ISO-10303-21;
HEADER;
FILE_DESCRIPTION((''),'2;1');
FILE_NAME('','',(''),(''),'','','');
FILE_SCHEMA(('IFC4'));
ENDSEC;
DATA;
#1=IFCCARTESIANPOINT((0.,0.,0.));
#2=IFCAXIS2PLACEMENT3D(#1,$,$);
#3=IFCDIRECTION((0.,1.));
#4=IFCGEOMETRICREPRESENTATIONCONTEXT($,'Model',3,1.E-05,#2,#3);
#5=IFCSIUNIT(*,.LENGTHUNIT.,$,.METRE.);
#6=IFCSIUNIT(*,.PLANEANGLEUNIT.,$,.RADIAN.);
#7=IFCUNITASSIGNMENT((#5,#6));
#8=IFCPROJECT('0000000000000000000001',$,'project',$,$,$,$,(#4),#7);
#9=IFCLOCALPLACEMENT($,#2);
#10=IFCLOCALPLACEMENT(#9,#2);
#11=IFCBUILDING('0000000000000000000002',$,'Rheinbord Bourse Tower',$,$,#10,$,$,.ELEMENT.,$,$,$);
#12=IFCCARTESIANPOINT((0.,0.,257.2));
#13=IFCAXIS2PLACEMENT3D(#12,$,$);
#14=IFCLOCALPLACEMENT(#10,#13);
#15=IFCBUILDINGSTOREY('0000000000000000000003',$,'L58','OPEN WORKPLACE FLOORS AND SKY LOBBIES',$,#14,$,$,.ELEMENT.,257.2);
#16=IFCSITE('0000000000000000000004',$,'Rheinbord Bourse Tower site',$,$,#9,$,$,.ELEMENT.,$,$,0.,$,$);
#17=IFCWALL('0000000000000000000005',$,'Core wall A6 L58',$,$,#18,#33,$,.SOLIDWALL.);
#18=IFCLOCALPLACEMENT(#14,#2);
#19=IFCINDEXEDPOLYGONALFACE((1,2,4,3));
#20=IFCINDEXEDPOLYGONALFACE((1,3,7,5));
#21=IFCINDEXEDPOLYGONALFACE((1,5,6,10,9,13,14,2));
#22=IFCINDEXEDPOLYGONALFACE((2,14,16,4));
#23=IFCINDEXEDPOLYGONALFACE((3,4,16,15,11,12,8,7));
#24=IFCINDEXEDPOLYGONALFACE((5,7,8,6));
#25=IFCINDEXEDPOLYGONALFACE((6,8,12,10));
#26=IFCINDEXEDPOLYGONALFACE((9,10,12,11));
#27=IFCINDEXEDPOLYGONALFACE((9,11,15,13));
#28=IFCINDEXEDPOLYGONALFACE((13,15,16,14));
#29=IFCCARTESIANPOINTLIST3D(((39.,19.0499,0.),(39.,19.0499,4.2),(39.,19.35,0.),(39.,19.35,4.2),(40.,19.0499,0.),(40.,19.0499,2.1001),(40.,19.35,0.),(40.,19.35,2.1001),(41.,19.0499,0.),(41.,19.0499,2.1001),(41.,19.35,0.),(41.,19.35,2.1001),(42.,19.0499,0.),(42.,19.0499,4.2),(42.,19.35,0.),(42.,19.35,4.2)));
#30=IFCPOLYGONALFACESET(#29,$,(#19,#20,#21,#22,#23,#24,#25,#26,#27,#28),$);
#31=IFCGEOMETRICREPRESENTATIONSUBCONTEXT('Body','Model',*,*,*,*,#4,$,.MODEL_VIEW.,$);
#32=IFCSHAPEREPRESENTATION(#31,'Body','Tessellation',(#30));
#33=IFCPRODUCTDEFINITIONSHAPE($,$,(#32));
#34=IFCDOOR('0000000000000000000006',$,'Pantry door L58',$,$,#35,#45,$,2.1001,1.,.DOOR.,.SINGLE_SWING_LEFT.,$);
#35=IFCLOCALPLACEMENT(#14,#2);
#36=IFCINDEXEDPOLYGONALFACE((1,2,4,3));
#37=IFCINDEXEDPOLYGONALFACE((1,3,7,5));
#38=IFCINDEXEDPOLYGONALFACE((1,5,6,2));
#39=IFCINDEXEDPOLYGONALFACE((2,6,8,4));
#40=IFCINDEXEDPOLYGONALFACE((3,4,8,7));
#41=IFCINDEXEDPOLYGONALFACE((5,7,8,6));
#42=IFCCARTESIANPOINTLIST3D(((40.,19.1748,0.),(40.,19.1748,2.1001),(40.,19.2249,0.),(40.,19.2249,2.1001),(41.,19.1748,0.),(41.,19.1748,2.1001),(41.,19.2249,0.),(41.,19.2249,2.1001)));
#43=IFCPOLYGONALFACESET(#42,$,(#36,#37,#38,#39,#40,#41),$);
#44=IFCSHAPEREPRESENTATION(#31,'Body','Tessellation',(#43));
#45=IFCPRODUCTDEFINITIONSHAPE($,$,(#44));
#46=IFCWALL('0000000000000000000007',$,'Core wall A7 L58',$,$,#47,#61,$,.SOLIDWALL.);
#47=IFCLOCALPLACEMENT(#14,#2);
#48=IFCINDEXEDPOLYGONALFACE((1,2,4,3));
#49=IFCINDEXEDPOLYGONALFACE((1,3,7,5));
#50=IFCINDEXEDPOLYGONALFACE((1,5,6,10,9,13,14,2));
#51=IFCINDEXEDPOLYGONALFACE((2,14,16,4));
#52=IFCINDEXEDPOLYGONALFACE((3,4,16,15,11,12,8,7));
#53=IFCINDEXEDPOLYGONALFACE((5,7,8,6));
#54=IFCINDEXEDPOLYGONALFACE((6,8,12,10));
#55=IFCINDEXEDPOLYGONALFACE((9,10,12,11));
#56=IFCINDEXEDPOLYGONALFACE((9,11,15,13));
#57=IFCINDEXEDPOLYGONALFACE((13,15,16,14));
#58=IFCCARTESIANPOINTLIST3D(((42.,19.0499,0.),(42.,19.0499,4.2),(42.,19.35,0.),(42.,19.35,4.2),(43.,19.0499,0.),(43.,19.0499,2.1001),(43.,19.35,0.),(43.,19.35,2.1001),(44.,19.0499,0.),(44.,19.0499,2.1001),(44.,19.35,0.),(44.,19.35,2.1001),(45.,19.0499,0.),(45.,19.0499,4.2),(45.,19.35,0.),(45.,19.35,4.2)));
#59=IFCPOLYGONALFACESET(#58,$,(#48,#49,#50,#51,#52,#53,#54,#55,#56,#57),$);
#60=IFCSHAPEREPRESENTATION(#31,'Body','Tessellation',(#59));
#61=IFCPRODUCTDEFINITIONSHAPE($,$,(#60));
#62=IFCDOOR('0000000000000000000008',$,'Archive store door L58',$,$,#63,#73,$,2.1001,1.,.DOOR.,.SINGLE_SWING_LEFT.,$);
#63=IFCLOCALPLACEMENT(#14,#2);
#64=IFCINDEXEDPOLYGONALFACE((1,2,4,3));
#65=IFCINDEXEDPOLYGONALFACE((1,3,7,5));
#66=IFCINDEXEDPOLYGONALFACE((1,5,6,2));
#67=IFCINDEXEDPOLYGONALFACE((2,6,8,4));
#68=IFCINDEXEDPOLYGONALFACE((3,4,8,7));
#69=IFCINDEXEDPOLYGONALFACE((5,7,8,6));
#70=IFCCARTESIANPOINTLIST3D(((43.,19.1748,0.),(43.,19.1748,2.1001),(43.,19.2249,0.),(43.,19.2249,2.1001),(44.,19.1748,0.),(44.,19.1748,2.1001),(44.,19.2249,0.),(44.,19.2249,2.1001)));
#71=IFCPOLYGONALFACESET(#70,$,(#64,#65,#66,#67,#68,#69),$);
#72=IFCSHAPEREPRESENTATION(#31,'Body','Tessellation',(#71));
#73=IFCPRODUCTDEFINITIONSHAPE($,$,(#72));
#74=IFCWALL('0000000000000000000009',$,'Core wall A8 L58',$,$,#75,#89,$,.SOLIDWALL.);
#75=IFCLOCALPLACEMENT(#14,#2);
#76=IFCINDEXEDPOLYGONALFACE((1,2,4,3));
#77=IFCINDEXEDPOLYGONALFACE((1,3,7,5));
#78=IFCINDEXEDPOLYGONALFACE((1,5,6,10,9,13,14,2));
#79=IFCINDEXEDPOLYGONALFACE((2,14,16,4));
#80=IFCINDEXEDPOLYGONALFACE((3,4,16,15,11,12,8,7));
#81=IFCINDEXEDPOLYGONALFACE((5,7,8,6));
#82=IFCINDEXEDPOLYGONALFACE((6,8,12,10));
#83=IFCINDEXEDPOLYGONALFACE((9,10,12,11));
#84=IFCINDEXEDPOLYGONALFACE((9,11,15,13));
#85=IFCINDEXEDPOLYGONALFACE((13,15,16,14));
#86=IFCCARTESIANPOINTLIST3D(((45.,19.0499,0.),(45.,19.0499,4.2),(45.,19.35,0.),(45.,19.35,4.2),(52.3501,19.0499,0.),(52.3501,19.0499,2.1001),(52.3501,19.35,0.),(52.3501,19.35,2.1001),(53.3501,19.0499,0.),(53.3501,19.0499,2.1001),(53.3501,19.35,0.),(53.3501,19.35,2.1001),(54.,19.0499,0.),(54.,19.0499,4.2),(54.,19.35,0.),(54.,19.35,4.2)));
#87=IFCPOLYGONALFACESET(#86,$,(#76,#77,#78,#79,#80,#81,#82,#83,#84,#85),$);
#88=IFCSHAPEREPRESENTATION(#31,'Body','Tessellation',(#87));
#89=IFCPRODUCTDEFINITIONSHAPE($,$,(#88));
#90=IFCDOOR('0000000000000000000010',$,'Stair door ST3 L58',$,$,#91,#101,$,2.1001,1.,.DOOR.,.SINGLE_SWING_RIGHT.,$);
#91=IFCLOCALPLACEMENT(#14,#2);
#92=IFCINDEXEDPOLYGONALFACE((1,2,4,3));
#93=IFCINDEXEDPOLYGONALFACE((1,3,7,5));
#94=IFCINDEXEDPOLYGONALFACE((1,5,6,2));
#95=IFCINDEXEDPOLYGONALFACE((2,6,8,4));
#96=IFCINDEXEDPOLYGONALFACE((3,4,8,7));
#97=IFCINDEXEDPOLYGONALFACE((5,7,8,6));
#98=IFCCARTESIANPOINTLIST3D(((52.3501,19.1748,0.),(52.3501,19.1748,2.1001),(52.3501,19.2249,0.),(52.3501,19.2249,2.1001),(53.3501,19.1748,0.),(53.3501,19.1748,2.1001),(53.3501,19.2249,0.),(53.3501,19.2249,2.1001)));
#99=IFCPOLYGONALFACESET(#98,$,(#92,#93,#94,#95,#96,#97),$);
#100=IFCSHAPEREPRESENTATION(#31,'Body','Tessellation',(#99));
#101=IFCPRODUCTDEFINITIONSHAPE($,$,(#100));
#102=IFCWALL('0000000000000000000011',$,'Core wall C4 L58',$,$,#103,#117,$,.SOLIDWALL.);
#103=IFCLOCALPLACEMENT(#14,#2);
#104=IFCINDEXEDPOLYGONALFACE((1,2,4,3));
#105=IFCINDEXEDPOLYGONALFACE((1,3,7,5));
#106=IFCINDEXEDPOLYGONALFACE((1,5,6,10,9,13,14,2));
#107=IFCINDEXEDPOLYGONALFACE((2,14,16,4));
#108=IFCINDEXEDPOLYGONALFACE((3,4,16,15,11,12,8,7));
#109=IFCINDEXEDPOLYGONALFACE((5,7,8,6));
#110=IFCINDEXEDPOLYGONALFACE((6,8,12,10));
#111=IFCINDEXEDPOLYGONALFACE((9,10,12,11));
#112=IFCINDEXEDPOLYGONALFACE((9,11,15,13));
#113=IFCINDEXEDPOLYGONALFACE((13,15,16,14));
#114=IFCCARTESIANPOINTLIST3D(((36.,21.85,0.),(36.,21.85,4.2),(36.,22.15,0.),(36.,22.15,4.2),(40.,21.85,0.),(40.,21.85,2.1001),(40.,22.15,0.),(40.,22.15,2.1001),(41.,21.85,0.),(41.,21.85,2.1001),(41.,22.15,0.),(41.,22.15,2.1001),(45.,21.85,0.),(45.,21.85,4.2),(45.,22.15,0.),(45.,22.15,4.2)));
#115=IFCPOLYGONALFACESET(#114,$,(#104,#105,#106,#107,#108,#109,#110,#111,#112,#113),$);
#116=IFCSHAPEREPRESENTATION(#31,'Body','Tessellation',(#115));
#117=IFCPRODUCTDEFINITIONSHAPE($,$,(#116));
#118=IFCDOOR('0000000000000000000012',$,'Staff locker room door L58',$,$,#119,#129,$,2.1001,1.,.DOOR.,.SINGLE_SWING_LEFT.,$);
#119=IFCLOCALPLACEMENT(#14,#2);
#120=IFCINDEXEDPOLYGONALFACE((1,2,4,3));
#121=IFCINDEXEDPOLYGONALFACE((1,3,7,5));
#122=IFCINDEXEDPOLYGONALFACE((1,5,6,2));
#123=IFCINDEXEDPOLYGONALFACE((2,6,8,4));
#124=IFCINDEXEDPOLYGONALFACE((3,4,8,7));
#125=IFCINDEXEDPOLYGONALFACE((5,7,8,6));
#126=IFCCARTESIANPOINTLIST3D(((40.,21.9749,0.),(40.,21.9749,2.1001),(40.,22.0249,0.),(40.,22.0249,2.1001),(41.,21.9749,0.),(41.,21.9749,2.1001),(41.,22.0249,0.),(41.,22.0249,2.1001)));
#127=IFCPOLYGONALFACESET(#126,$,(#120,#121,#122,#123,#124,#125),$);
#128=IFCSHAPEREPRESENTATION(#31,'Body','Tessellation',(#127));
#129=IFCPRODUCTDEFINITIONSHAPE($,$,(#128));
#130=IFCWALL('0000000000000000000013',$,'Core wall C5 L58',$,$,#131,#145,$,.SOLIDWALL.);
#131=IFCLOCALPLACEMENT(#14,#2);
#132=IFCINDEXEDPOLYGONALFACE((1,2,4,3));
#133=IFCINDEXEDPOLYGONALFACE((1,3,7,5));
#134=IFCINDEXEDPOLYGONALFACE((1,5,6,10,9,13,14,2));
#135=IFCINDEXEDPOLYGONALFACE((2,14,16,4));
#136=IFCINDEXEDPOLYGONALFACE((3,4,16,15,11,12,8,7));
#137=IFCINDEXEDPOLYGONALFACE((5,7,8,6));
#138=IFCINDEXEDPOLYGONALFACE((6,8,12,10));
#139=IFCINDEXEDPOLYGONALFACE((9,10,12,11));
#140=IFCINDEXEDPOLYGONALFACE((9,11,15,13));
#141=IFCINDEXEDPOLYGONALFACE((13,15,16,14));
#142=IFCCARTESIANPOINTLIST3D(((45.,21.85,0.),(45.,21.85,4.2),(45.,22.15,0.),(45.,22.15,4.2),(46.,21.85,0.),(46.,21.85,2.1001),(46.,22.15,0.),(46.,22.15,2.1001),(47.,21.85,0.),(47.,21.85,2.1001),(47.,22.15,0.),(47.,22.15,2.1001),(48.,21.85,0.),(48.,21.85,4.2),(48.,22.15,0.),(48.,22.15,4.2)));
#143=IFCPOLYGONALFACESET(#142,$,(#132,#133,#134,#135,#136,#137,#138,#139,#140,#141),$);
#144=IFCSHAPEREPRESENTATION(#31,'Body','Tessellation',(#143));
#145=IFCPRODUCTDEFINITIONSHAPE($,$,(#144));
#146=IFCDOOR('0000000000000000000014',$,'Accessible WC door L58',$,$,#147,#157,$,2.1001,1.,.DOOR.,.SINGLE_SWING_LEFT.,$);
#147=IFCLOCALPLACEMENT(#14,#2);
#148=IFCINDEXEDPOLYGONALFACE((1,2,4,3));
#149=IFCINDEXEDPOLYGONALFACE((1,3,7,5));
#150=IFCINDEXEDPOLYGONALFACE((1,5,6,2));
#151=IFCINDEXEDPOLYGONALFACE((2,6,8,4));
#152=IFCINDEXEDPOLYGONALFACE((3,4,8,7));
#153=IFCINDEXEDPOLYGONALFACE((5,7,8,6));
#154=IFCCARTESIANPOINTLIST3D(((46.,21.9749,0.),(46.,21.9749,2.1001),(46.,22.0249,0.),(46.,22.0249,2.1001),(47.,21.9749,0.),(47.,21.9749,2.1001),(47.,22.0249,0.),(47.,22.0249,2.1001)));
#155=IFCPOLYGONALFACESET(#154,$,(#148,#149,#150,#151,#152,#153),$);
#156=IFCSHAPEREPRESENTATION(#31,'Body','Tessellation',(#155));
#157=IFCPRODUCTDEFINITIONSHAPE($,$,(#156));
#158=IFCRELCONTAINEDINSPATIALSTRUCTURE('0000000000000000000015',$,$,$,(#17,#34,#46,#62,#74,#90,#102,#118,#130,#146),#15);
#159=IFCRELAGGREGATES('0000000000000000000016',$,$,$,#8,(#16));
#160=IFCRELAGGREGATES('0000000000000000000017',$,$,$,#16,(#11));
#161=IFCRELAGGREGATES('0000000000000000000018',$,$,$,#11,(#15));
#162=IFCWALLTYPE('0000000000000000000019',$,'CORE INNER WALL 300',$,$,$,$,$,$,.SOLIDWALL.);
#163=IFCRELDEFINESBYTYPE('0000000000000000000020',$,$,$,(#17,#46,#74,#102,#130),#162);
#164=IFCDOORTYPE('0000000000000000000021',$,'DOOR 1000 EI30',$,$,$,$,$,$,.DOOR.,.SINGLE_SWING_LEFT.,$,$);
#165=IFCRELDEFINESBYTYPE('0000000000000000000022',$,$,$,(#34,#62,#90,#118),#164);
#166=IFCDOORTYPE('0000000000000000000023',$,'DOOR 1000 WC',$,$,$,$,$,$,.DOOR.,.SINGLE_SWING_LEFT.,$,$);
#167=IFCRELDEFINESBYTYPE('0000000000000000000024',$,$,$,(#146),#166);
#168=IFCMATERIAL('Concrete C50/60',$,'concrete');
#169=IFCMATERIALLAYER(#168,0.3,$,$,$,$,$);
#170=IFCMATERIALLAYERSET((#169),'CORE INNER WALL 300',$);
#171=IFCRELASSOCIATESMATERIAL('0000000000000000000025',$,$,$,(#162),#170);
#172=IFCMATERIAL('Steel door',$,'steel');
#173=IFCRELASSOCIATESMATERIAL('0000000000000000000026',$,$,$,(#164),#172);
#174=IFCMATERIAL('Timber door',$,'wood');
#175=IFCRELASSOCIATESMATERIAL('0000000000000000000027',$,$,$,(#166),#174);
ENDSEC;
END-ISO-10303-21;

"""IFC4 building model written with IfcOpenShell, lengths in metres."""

from ifc_helpers import new_model, si_unit, direction, frame, frame_2d, origin, place, context, subcontext, project, spatial, rectangle, extrude, material, layer, layer_set, type_object, element, fill, save


model = new_model("IFC4")

# Units and contexts
model_context = context("Model", 3, precision=1e-05, world=origin(), true_north=direction((0.0, 1.0)))
body_context = subcontext(model_context, "Body", "Model", "MODEL_VIEW")
ifc_project = project(units=[si_unit("LENGTHUNIT", "METRE"), si_unit("PLANEANGLEUNIT", "RADIAN")], contexts=[model_context])

# Site, building, storey
site_placement = place(None, origin())
site = spatial("IfcSite", under=ifc_project, at=site_placement, Name="Rheinbord Bourse Tower site", CompositionType="ELEMENT", RefElevation=0.0)
building_placement = place(site_placement, origin())
building = spatial("IfcBuilding", under=site, at=building_placement, Name="Rheinbord Bourse Tower", CompositionType="ELEMENT")
storey_placement = place(building_placement, frame((0.0, 0.0, 257.2)))
storey = spatial("IfcBuildingStorey", under=building, at=storey_placement, Name="L58", Description="OPEN WORKPLACE FLOORS AND SKY LOBBIES", CompositionType="ELEMENT", Elevation=257.2)

# Walls, openings, doors
ifc_material_1 = material(Name="Concrete C50/60", Category="concrete")
ifc_layer_1 = layer(ifc_material_1, 0.3)
ifc_layer_set_1 = layer_set([ifc_layer_1], Name="CORE INNER WALL 300")
wall_type_1 = type_object("IfcWallType", Name="CORE INNER WALL 300", PredefinedType="SOLIDWALL", material=ifc_layer_set_1)
wall_1_placement = place(storey_placement, frame((39.0, 19.2, 0.0), z_axis=(0.0, 0.0, 1.0), x_axis=(1.0, 0.0, 0.0)))
wall_1 = element("IfcWall", 1, at=wall_1_placement, inside=storey, type_object=wall_type_1, Name="Core wall A6 L58", PredefinedType="SOLIDWALL", context=body_context, shape_type="SweptSolid", body=[
    extrude(rectangle(XDim=3.0, YDim=0.3, at=frame_2d((1.5, 0.0))), origin(), (0.0, 0.0, 1.0), 4.2),
])
opening_1_placement = place(wall_1_placement, frame((1.0, 0.0, 0.0)))
opening_1 = element("IfcOpeningElement", 2, at=opening_1_placement, cuts=wall_1, PredefinedType="OPENING", context=body_context, shape_type="SweptSolid", body=[
    extrude(rectangle(XDim=1.0, YDim=2.1001, at=frame_2d((0.5, 1.05))), frame((0.0, 0.1599, 0.0), z_axis=(0.0, -1.0, 0.0), x_axis=(1.0, 0.0, 0.0)), (0.0, 0.0, 1.0), 0.3201),
])
ifc_material_2 = material(Name="Steel door", Category="steel")
door_type_1 = type_object("IfcDoorType", Name="DOOR 1000 EI30", OperationType="SINGLE_SWING_LEFT", PredefinedType="DOOR", material=ifc_material_2)
door_1_placement = place(opening_1_placement, origin())
door_1 = element("IfcDoor", 3, at=door_1_placement, inside=storey, type_object=door_type_1, Name="Pantry door L58", OperationType="SINGLE_SWING_LEFT", OverallHeight=2.1001, OverallWidth=1.0, PredefinedType="DOOR", context=body_context, shape_type="SweptSolid", body=[
    extrude(rectangle(XDim=1.0, YDim=2.1001, at=frame_2d((0.5, 1.05))), frame((0.0, 0.0249, 0.0), z_axis=(0.0, -1.0, 0.0), x_axis=(1.0, 0.0, 0.0)), (0.0, 0.0, 1.0), 0.05),
])
fill(opening_1, door_1)
wall_2_placement = place(storey_placement, frame((42.0, 19.2, 0.0), z_axis=(0.0, 0.0, 1.0), x_axis=(1.0, 0.0, 0.0)))
wall_2 = element("IfcWall", 4, at=wall_2_placement, inside=storey, type_object=wall_type_1, Name="Core wall A7 L58", PredefinedType="SOLIDWALL", context=body_context, shape_type="SweptSolid", body=[
    extrude(rectangle(XDim=3.0, YDim=0.3, at=frame_2d((1.5, 0.0))), origin(), (0.0, 0.0, 1.0), 4.2),
])
opening_2_placement = place(wall_2_placement, frame((1.0, 0.0, 0.0)))
opening_2 = element("IfcOpeningElement", 5, at=opening_2_placement, cuts=wall_2, PredefinedType="OPENING", context=body_context, shape_type="SweptSolid", body=[
    extrude(rectangle(XDim=1.0, YDim=2.1001, at=frame_2d((0.5, 1.05))), frame((0.0, 0.1599, 0.0), z_axis=(0.0, -1.0, 0.0), x_axis=(1.0, 0.0, 0.0)), (0.0, 0.0, 1.0), 0.3201),
])
door_2_placement = place(opening_2_placement, origin())
door_2 = element("IfcDoor", 6, at=door_2_placement, inside=storey, type_object=door_type_1, Name="Archive store door L58", OperationType="SINGLE_SWING_LEFT", OverallHeight=2.1001, OverallWidth=1.0, PredefinedType="DOOR", context=body_context, shape_type="SweptSolid", body=[
    extrude(rectangle(XDim=1.0, YDim=2.1001, at=frame_2d((0.5, 1.05))), frame((0.0, 0.0249, 0.0), z_axis=(0.0, -1.0, 0.0), x_axis=(1.0, 0.0, 0.0)), (0.0, 0.0, 1.0), 0.05),
])
fill(opening_2, door_2)
wall_3_placement = place(storey_placement, frame((45.0, 19.2, 0.0), z_axis=(0.0, 0.0, 1.0), x_axis=(1.0, 0.0, 0.0)))
wall_3 = element("IfcWall", 7, at=wall_3_placement, inside=storey, type_object=wall_type_1, Name="Core wall A8 L58", PredefinedType="SOLIDWALL", context=body_context, shape_type="SweptSolid", body=[
    extrude(rectangle(XDim=9.0, YDim=0.3, at=frame_2d((4.5, 0.0))), origin(), (0.0, 0.0, 1.0), 4.2),
])
opening_3_placement = place(wall_3_placement, frame((7.3501, 0.0, 0.0)))
opening_3 = element("IfcOpeningElement", 8, at=opening_3_placement, cuts=wall_3, PredefinedType="OPENING", context=body_context, shape_type="SweptSolid", body=[
    extrude(rectangle(XDim=1.0, YDim=2.1001, at=frame_2d((0.5, 1.05))), frame((0.0, 0.1599, 0.0), z_axis=(0.0, -1.0, 0.0), x_axis=(1.0, 0.0, 0.0)), (0.0, 0.0, 1.0), 0.3201),
])
door_3_placement = place(opening_3_placement, origin())
door_3 = element("IfcDoor", 9, at=door_3_placement, inside=storey, type_object=door_type_1, Name="Stair door ST3 L58", OperationType="SINGLE_SWING_RIGHT", OverallHeight=2.1001, OverallWidth=1.0, PredefinedType="DOOR", context=body_context, shape_type="SweptSolid", body=[
    extrude(rectangle(XDim=1.0, YDim=2.1001, at=frame_2d((0.5, 1.05))), frame((0.0, 0.0249, 0.0), z_axis=(0.0, -1.0, 0.0), x_axis=(1.0, 0.0, 0.0)), (0.0, 0.0, 1.0), 0.05),
])
fill(opening_3, door_3)
wall_4_placement = place(storey_placement, frame((36.0, 22.0, 0.0), z_axis=(0.0, 0.0, 1.0), x_axis=(1.0, 0.0, 0.0)))
wall_4 = element("IfcWall", 10, at=wall_4_placement, inside=storey, type_object=wall_type_1, Name="Core wall C4 L58", PredefinedType="SOLIDWALL", context=body_context, shape_type="SweptSolid", body=[
    extrude(rectangle(XDim=9.0, YDim=0.3, at=frame_2d((4.5, 0.0))), origin(), (0.0, 0.0, 1.0), 4.2),
])
opening_4_placement = place(wall_4_placement, frame((4.0, 0.0, 0.0)))
opening_4 = element("IfcOpeningElement", 11, at=opening_4_placement, cuts=wall_4, PredefinedType="OPENING", context=body_context, shape_type="SweptSolid", body=[
    extrude(rectangle(XDim=1.0, YDim=2.1001, at=frame_2d((0.5, 1.05))), frame((0.0, 0.1599, 0.0), z_axis=(0.0, -1.0, 0.0), x_axis=(1.0, 0.0, 0.0)), (0.0, 0.0, 1.0), 0.3201),
])
door_4_placement = place(opening_4_placement, origin())
door_4 = element("IfcDoor", 12, at=door_4_placement, inside=storey, type_object=door_type_1, Name="Staff locker room door L58", OperationType="SINGLE_SWING_LEFT", OverallHeight=2.1001, OverallWidth=1.0, PredefinedType="DOOR", context=body_context, shape_type="SweptSolid", body=[
    extrude(rectangle(XDim=1.0, YDim=2.1001, at=frame_2d((0.5, 1.05))), frame((0.0, 0.0249, 0.0), z_axis=(0.0, -1.0, 0.0), x_axis=(1.0, 0.0, 0.0)), (0.0, 0.0, 1.0), 0.05),
])
fill(opening_4, door_4)
wall_5_placement = place(storey_placement, frame((45.0, 22.0, 0.0), z_axis=(0.0, 0.0, 1.0), x_axis=(1.0, 0.0, 0.0)))
wall_5 = element("IfcWall", 13, at=wall_5_placement, inside=storey, type_object=wall_type_1, Name="Core wall C5 L58", PredefinedType="SOLIDWALL", context=body_context, shape_type="SweptSolid", body=[
    extrude(rectangle(XDim=3.0, YDim=0.3, at=frame_2d((1.5, 0.0))), origin(), (0.0, 0.0, 1.0), 4.2),
])
opening_5_placement = place(wall_5_placement, frame((1.0, 0.0, 0.0)))
opening_5 = element("IfcOpeningElement", 14, at=opening_5_placement, cuts=wall_5, PredefinedType="OPENING", context=body_context, shape_type="SweptSolid", body=[
    extrude(rectangle(XDim=1.0, YDim=2.1001, at=frame_2d((0.5, 1.05))), frame((0.0, 0.1599, 0.0), z_axis=(0.0, -1.0, 0.0), x_axis=(1.0, 0.0, 0.0)), (0.0, 0.0, 1.0), 0.3201),
])
ifc_material_3 = material(Name="Timber door", Category="wood")
door_type_2 = type_object("IfcDoorType", Name="DOOR 1000 WC", OperationType="SINGLE_SWING_LEFT", PredefinedType="DOOR", material=ifc_material_3)
door_5_placement = place(opening_5_placement, origin())
door_5 = element("IfcDoor", 15, at=door_5_placement, inside=storey, type_object=door_type_2, Name="Accessible WC door L58", OperationType="SINGLE_SWING_LEFT", OverallHeight=2.1001, OverallWidth=1.0, PredefinedType="DOOR", context=body_context, shape_type="SweptSolid", body=[
    extrude(rectangle(XDim=1.0, YDim=2.1001, at=frame_2d((0.5, 1.05))), frame((0.0, 0.0249, 0.0), z_axis=(0.0, -1.0, 0.0), x_axis=(1.0, 0.0, 0.0)), (0.0, 0.0, 1.0), 0.05),
])
fill(opening_5, door_5)

save(model, "model.ifc")
